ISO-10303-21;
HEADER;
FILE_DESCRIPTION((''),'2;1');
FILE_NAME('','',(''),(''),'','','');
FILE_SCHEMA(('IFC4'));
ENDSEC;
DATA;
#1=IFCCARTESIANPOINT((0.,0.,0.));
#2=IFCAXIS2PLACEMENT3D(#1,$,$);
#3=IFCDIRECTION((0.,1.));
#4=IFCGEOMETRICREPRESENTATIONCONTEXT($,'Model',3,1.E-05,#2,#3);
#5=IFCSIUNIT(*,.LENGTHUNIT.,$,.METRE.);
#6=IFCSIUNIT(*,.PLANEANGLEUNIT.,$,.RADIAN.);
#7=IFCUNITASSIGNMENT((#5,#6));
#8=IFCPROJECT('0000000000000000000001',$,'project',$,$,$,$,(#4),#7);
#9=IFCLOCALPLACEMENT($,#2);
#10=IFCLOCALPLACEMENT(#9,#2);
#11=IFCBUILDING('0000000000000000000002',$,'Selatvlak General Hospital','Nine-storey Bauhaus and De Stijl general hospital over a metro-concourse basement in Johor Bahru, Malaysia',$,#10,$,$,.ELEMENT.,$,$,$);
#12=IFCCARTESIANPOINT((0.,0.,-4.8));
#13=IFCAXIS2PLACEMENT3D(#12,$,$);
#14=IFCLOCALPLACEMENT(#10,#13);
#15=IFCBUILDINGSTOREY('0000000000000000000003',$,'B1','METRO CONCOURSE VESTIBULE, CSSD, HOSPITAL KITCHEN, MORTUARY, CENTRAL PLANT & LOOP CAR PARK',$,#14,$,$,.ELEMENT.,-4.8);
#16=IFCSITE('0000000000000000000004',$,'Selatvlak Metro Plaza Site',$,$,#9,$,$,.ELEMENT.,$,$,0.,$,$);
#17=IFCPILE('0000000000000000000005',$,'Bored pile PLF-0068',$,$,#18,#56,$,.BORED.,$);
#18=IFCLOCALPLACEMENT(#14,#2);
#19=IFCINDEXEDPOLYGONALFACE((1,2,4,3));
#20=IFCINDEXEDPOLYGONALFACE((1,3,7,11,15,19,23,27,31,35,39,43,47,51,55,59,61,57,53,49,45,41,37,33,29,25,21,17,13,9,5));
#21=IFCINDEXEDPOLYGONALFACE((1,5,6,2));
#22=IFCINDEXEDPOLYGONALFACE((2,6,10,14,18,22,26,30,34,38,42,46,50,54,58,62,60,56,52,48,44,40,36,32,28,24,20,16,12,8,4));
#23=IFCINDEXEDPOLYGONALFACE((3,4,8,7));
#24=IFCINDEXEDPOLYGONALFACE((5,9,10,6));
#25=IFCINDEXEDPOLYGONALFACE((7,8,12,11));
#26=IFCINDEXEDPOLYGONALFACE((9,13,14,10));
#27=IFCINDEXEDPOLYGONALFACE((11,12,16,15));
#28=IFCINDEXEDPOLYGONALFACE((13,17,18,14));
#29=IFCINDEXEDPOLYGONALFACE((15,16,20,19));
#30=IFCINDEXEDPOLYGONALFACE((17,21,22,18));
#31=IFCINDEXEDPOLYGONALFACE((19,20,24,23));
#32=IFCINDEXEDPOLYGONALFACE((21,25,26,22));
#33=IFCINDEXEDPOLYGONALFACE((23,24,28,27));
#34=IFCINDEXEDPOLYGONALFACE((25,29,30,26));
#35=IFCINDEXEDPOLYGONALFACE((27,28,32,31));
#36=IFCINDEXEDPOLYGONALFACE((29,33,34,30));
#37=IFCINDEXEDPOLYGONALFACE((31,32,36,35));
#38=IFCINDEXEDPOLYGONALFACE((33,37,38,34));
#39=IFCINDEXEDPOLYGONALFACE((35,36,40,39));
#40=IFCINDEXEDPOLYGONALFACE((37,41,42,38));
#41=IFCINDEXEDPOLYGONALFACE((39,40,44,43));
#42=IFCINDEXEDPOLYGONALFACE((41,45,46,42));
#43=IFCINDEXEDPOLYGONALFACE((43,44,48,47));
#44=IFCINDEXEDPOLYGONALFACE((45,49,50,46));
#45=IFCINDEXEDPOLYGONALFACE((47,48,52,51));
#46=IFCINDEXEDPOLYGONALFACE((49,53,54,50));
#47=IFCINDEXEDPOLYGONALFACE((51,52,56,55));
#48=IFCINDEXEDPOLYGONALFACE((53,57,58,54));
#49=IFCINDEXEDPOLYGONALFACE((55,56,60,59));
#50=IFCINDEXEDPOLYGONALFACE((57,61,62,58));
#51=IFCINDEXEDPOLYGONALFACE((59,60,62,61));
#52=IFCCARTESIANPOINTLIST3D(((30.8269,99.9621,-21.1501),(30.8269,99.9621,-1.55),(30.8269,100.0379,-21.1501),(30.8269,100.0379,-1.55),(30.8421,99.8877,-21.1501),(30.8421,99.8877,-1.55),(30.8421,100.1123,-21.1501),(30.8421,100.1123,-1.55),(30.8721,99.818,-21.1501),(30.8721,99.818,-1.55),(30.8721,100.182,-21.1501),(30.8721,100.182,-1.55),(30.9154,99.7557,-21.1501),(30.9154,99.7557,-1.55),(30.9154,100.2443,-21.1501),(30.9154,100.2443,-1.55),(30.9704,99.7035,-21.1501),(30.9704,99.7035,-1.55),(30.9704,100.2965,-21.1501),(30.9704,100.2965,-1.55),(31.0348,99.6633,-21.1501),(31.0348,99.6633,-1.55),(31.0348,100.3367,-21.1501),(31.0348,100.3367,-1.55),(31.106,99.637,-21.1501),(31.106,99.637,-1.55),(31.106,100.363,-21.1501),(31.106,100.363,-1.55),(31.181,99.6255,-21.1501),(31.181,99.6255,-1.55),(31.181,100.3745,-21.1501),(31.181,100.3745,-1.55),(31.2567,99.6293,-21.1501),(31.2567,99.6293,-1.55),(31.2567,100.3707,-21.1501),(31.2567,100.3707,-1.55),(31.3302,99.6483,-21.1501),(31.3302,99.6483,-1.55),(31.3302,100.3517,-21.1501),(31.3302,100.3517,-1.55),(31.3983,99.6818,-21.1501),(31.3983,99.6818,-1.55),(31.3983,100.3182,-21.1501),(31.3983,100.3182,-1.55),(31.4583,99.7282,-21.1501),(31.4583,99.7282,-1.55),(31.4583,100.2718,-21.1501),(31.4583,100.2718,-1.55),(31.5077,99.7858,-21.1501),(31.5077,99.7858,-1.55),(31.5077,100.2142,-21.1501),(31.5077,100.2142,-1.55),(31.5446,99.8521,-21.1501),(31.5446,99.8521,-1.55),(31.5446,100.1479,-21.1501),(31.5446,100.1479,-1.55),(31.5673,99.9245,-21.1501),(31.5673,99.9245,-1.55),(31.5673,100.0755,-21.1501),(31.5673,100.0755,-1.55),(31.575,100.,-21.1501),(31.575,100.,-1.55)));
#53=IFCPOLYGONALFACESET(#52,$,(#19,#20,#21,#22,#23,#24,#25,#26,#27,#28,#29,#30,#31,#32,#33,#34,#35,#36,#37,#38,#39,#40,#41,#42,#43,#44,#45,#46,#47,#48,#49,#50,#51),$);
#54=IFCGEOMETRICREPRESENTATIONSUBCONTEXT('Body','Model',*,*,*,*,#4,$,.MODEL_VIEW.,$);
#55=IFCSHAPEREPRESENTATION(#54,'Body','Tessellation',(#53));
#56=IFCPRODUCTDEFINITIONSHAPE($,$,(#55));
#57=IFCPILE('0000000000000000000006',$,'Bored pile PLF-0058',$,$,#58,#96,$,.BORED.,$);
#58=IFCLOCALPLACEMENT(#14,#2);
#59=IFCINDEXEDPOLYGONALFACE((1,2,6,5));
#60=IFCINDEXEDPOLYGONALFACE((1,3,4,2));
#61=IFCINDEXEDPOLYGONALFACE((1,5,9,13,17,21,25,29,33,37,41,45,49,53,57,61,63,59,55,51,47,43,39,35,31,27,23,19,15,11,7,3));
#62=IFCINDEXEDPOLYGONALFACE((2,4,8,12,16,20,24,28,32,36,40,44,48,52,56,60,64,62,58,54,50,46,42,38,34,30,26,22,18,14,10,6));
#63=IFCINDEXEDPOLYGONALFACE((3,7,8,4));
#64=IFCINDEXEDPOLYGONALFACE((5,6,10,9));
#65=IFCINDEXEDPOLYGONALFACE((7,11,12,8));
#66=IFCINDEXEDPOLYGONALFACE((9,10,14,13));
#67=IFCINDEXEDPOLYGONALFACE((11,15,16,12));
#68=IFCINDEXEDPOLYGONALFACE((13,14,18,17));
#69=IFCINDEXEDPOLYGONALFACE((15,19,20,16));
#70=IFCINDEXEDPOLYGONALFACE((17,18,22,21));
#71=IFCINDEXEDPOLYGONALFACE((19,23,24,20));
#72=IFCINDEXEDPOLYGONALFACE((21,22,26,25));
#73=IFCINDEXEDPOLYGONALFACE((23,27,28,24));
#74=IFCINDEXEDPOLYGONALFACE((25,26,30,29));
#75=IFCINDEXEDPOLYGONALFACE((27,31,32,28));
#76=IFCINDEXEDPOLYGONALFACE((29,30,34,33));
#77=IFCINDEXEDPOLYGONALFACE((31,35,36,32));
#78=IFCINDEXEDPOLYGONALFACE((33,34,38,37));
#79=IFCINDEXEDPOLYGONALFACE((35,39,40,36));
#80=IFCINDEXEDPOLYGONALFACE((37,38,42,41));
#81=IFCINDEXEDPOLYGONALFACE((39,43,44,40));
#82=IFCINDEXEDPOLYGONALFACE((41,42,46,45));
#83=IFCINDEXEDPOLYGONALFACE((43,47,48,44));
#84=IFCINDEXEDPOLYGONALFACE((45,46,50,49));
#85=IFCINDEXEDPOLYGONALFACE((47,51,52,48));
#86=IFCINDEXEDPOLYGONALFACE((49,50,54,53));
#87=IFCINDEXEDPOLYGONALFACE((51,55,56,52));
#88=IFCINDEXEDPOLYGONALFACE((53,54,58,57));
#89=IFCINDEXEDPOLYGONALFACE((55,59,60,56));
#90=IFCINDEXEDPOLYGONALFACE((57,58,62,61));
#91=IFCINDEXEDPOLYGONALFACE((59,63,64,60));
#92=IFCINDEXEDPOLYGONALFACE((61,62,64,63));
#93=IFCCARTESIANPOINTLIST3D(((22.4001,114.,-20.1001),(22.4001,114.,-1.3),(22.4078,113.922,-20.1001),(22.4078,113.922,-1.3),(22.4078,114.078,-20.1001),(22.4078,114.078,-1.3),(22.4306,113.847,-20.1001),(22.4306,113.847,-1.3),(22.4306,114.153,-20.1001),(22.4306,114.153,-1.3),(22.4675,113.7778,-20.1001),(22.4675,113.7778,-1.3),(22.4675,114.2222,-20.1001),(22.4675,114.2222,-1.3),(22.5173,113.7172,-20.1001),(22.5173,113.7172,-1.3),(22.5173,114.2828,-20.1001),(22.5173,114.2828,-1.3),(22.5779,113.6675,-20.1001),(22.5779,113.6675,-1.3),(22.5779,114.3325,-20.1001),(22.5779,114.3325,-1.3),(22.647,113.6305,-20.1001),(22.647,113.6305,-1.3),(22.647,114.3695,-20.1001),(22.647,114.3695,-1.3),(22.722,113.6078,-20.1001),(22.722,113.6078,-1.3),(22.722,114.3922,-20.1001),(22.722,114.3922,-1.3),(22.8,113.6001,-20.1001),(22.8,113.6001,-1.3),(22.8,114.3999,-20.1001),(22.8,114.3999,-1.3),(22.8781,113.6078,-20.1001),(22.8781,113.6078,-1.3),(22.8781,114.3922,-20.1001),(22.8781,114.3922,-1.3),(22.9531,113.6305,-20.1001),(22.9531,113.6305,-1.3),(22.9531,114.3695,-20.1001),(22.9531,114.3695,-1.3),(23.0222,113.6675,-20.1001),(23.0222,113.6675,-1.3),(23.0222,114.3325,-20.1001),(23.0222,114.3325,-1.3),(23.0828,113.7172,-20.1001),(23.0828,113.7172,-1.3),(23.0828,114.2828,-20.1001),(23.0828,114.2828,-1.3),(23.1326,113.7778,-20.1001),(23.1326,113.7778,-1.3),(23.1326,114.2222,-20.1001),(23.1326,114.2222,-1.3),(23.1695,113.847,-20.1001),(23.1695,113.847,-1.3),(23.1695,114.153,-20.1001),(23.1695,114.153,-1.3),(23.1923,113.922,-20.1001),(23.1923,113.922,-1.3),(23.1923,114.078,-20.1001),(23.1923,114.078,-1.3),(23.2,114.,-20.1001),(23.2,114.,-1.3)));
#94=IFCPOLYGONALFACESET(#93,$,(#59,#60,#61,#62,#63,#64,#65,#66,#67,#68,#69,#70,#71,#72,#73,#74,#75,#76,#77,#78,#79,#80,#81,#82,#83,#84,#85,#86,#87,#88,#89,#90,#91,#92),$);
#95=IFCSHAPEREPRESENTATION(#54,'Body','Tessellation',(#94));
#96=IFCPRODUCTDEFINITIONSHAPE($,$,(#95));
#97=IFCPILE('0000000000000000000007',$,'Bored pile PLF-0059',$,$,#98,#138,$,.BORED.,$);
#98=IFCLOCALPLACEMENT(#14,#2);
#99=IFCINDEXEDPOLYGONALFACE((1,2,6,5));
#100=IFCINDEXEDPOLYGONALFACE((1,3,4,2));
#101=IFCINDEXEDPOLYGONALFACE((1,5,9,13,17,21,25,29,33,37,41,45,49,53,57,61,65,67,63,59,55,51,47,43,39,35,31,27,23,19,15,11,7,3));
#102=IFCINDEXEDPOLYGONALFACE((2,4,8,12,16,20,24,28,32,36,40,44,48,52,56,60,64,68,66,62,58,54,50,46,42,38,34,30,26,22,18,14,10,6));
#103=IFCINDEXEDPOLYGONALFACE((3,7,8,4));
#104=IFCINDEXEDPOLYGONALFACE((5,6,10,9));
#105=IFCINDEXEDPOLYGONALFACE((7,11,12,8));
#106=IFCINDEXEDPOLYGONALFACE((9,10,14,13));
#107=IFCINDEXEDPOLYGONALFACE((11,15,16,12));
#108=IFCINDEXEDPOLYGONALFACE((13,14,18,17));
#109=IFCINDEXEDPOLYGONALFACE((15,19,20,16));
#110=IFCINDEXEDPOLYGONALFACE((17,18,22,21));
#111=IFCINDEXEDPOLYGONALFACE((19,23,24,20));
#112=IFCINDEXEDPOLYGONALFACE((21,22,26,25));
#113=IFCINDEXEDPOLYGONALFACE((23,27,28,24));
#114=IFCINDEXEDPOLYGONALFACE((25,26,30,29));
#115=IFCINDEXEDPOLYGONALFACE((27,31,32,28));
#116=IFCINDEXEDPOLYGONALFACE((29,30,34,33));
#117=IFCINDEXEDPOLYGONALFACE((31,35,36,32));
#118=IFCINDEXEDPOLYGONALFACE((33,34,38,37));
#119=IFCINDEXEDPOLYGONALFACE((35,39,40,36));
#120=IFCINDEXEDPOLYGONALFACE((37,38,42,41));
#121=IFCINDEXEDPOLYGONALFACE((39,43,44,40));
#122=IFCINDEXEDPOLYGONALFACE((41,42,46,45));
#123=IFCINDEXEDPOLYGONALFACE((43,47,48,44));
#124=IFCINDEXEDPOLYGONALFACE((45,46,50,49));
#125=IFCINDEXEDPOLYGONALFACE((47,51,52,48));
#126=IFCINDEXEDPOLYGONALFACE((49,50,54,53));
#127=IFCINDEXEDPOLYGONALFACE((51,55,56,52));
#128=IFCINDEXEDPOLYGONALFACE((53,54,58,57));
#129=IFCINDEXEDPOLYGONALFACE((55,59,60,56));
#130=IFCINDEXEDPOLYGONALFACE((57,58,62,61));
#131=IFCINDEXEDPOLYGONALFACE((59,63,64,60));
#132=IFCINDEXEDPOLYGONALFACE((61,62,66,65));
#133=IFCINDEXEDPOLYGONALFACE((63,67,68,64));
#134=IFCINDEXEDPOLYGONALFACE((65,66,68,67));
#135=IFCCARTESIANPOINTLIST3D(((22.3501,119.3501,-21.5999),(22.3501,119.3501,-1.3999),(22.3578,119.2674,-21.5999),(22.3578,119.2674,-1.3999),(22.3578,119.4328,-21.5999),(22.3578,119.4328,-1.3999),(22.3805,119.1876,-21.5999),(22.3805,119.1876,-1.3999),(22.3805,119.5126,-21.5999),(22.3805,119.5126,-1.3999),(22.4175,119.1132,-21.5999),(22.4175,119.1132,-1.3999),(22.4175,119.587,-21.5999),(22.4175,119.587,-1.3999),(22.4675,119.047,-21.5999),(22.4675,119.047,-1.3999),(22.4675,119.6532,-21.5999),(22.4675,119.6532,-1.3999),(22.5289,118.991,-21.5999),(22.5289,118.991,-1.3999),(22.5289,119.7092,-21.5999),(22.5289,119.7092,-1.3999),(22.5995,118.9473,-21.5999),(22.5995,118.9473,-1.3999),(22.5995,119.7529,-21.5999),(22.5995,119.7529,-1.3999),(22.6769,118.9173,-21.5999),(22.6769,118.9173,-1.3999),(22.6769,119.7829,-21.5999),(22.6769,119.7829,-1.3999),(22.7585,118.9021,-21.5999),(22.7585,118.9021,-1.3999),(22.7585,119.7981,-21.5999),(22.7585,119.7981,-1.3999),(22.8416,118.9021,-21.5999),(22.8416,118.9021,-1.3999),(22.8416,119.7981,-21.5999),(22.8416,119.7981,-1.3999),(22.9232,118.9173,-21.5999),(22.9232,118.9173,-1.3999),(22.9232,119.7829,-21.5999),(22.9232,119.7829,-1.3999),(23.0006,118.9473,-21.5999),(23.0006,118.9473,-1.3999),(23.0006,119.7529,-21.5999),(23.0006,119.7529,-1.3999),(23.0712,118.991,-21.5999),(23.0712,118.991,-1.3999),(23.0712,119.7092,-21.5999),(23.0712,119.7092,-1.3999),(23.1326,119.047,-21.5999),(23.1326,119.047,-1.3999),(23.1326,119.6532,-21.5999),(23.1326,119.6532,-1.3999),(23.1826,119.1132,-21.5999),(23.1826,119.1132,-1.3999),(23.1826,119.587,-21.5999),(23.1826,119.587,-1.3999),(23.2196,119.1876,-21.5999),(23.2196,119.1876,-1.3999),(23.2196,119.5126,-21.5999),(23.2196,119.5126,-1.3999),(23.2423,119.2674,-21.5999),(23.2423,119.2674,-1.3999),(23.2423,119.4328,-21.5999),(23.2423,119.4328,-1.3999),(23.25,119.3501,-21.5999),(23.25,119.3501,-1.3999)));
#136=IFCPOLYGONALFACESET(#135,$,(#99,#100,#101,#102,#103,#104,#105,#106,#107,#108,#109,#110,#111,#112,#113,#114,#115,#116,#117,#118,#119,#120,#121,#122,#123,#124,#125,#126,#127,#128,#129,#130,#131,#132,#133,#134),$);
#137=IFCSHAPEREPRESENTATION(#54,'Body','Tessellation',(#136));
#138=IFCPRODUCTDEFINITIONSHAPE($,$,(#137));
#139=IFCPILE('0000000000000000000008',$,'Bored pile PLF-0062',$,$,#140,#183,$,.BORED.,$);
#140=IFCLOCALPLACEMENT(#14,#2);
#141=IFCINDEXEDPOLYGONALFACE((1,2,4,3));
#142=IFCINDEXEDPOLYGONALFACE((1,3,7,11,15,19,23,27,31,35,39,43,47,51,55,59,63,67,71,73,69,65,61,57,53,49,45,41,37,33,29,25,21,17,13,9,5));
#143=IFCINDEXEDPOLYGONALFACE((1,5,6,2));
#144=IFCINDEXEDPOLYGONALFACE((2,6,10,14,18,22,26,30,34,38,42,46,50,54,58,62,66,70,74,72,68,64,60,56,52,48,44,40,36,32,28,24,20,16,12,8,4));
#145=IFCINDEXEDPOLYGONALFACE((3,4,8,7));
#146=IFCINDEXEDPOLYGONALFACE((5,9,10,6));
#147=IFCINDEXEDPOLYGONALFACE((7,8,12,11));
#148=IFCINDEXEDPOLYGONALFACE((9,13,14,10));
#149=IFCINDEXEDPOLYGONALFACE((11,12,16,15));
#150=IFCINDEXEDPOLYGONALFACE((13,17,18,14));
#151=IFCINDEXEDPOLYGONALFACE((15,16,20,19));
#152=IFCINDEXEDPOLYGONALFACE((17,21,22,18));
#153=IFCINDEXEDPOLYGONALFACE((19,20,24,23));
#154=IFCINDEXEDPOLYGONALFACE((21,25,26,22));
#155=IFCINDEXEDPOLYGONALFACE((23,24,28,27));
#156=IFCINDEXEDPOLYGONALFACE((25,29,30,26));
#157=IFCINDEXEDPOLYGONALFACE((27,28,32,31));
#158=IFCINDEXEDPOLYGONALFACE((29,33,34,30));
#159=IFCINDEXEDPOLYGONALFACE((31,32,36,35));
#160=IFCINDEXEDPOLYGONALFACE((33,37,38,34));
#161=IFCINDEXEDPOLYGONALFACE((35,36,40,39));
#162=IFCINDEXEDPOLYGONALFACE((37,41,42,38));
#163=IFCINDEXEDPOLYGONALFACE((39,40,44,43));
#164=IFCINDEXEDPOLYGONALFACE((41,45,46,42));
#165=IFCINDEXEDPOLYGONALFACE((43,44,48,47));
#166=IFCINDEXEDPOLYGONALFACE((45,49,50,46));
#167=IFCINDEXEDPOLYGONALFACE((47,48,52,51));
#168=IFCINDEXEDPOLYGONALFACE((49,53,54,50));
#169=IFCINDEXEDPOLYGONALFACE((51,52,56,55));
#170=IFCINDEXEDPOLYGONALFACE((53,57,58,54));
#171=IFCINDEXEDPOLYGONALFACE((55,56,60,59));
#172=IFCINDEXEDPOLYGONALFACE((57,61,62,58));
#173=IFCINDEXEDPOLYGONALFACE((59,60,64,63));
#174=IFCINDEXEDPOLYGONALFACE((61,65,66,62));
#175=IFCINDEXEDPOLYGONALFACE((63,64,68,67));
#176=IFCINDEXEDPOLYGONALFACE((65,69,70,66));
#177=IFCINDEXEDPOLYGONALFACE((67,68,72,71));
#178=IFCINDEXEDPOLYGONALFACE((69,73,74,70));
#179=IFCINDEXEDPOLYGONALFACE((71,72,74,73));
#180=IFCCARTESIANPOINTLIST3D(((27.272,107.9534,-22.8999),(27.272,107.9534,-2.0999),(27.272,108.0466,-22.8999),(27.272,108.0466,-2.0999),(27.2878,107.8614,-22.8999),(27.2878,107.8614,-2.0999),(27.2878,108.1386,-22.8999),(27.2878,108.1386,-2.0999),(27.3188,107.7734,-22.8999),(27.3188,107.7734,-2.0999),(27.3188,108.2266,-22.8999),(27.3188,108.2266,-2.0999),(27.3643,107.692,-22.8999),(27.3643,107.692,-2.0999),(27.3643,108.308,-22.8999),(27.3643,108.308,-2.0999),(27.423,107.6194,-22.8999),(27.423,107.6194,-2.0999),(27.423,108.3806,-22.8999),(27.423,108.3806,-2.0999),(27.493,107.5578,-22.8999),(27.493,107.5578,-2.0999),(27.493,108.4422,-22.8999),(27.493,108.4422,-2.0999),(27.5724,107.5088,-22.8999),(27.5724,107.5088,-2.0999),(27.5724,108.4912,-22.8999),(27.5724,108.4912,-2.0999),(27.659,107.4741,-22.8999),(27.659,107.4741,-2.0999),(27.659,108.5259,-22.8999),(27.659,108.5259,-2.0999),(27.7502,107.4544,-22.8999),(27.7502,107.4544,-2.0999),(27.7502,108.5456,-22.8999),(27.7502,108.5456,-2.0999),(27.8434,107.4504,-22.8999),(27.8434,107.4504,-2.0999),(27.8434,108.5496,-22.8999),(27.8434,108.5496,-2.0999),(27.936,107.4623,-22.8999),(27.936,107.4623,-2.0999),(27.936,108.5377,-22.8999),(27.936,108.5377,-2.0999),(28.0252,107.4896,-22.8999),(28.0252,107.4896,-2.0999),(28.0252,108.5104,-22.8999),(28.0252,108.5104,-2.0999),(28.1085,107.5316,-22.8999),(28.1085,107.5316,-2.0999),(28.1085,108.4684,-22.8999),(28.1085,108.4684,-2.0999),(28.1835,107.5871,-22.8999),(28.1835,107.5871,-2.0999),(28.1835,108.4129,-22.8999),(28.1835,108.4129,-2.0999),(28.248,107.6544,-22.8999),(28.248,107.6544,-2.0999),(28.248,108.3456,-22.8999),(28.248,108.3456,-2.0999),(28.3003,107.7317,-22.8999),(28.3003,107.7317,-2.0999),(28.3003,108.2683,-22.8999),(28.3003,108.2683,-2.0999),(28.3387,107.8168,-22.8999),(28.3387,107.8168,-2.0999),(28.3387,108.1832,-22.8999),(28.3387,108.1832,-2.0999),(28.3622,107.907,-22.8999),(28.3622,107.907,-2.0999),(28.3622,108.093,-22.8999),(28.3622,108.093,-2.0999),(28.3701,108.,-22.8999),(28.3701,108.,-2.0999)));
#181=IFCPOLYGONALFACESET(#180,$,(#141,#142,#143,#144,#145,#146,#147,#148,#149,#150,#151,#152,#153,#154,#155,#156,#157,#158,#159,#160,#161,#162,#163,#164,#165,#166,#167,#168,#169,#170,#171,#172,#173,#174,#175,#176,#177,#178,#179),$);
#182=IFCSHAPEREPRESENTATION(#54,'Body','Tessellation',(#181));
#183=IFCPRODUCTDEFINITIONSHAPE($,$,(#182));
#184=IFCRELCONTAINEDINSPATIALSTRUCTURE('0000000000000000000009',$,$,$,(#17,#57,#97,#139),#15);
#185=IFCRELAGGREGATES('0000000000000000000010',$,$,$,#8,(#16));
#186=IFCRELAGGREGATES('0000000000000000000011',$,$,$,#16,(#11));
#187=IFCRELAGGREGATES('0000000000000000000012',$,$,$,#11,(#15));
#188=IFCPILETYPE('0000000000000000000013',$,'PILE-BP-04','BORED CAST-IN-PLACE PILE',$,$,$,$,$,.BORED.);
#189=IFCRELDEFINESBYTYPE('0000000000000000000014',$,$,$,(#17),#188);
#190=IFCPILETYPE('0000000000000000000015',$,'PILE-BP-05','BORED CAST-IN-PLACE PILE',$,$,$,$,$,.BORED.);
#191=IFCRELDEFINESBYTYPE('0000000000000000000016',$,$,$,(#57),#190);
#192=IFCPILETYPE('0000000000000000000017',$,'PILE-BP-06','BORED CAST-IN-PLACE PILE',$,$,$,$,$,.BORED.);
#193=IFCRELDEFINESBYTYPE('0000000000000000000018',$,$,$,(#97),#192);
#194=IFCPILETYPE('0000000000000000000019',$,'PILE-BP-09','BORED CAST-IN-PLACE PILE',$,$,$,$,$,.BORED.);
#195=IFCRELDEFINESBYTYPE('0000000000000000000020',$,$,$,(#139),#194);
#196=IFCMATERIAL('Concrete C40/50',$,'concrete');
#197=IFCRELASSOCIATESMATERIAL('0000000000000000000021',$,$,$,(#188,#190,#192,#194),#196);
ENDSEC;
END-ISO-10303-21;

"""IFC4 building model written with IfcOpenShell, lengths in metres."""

from ifc_helpers import new_model, si_unit, direction, frame, origin, origin_2d, place, context, subcontext, project, spatial, circle, extrude, material, material_profile, profile_set, type_object, element, save


model = new_model("IFC4")

# Units and contexts
model_context = context("Model", 3, precision=1e-05, world=origin(), true_north=direction((0.0, 1.0)))
body_context = subcontext(model_context, "Body", "Model", "MODEL_VIEW")
ifc_project = project(units=[si_unit("LENGTHUNIT", "METRE"), si_unit("PLANEANGLEUNIT", "RADIAN")], contexts=[model_context])

# Site, building, storey
site_placement = place(None, origin())
site = spatial("IfcSite", under=ifc_project, at=site_placement, Name="Selatvlak Metro Plaza Site", CompositionType="ELEMENT", RefElevation=0.0)
building_placement = place(site_placement, origin())
building = spatial("IfcBuilding", under=site, at=building_placement, Name="Selatvlak General Hospital", Description="Nine-storey Bauhaus and De Stijl general hospital over a metro-concourse basement in Johor Bahru, Malaysia", CompositionType="ELEMENT")
storey_placement = place(building_placement, frame((0.0, 0.0, -4.8)))
storey = spatial("IfcBuildingStorey", under=building, at=storey_placement, Name="B1", Description="METRO CONCOURSE VESTIBULE, CSSD, HOSPITAL KITCHEN, MORTUARY, CENTRAL PLANT & LOOP CAR PARK", CompositionType="ELEMENT", Elevation=-4.8)

# Shared definitions
ifc_material_1 = material(Name="Concrete C40/50", Category="concrete")

# Piles
ifc_material_profile_1 = material_profile(ifc_material_1, circle(Radius=0.375, at=origin_2d()), Name="BORED PILE 750")
ifc_profile_set_1 = profile_set([ifc_material_profile_1], Name="Concrete C40/50")
pile_type_1 = type_object("IfcPileType", Name="PILE-BP-04", Description="BORED CAST-IN-PLACE PILE", PredefinedType="BORED", material=ifc_profile_set_1)
pile_1_placement = place(storey_placement, frame((31.2, 100.0, -1.55), z_axis=(0.0, 0.0, -1.0), x_axis=(1.0, 0.0, 0.0)))
element("IfcPile", 1, at=pile_1_placement, inside=storey, type_object=pile_type_1, Name="Bored pile PLF-0068", PredefinedType="BORED", context=body_context, shape_type="SweptSolid", body=[
    extrude(circle(Radius=0.375, at=origin_2d()), origin(), (0.0, 0.0, 1.0), 19.6001),
])
ifc_material_profile_2 = material_profile(ifc_material_1, circle(Radius=0.3999, at=origin_2d()), Name="BORED PILE 800")
ifc_profile_set_2 = profile_set([ifc_material_profile_2], Name="Concrete C40/50")
pile_type_2 = type_object("IfcPileType", Name="PILE-BP-05", Description="BORED CAST-IN-PLACE PILE", PredefinedType="BORED", material=ifc_profile_set_2)
pile_2_placement = place(storey_placement, frame((22.8, 114.0, -1.3), z_axis=(0.0, 0.0, -1.0), x_axis=(1.0, 0.0, 0.0)))
element("IfcPile", 2, at=pile_2_placement, inside=storey, type_object=pile_type_2, Name="Bored pile PLF-0058", PredefinedType="BORED", context=body_context, shape_type="SweptSolid", body=[
    extrude(circle(Radius=0.3999, at=origin_2d()), origin(), (0.0, 0.0, 1.0), 18.8),
])
ifc_material_profile_3 = material_profile(ifc_material_1, circle(Radius=0.45, at=origin_2d()), Name="BORED PILE 900")
ifc_profile_set_3 = profile_set([ifc_material_profile_3], Name="Concrete C40/50")
pile_type_3 = type_object("IfcPileType", Name="PILE-BP-06", Description="BORED CAST-IN-PLACE PILE", PredefinedType="BORED", material=ifc_profile_set_3)
pile_3_placement = place(storey_placement, frame((22.8, 119.3501, -1.3999), z_axis=(0.0, 0.0, -1.0), x_axis=(1.0, 0.0, 0.0)))
element("IfcPile", 3, at=pile_3_placement, inside=storey, type_object=pile_type_3, Name="Bored pile PLF-0059", PredefinedType="BORED", context=body_context, shape_type="SweptSolid", body=[
    extrude(circle(Radius=0.45, at=origin_2d()), origin(), (0.0, 0.0, 1.0), 20.2),
])
ifc_material_profile_4 = material_profile(ifc_material_1, circle(Radius=0.55, at=origin_2d()), Name="BORED PILE 1100")
ifc_profile_set_4 = profile_set([ifc_material_profile_4], Name="Concrete C40/50")
pile_type_4 = type_object("IfcPileType", Name="PILE-BP-09", Description="BORED CAST-IN-PLACE PILE", PredefinedType="BORED", material=ifc_profile_set_4)
for number, where, z_axis, x_axis, name in (
    (4, (27.8201, 108.0, -2.0999), (0.0, 0.0, -1.0), (1.0, 0.0, 0.0), "Bored pile PLF-0062"),
):
    element("IfcPile", number, at=place(storey_placement, frame(where, z_axis=z_axis, x_axis=x_axis)), inside=storey, type_object=pile_type_4, Name=name, PredefinedType="BORED", context=body_context, shape_type="SweptSolid", body=[
        extrude(circle(Radius=0.55, at=origin_2d()), origin(), (0.0, 0.0, 1.0), 20.8),
    ])

save(model, "model.ifc")
